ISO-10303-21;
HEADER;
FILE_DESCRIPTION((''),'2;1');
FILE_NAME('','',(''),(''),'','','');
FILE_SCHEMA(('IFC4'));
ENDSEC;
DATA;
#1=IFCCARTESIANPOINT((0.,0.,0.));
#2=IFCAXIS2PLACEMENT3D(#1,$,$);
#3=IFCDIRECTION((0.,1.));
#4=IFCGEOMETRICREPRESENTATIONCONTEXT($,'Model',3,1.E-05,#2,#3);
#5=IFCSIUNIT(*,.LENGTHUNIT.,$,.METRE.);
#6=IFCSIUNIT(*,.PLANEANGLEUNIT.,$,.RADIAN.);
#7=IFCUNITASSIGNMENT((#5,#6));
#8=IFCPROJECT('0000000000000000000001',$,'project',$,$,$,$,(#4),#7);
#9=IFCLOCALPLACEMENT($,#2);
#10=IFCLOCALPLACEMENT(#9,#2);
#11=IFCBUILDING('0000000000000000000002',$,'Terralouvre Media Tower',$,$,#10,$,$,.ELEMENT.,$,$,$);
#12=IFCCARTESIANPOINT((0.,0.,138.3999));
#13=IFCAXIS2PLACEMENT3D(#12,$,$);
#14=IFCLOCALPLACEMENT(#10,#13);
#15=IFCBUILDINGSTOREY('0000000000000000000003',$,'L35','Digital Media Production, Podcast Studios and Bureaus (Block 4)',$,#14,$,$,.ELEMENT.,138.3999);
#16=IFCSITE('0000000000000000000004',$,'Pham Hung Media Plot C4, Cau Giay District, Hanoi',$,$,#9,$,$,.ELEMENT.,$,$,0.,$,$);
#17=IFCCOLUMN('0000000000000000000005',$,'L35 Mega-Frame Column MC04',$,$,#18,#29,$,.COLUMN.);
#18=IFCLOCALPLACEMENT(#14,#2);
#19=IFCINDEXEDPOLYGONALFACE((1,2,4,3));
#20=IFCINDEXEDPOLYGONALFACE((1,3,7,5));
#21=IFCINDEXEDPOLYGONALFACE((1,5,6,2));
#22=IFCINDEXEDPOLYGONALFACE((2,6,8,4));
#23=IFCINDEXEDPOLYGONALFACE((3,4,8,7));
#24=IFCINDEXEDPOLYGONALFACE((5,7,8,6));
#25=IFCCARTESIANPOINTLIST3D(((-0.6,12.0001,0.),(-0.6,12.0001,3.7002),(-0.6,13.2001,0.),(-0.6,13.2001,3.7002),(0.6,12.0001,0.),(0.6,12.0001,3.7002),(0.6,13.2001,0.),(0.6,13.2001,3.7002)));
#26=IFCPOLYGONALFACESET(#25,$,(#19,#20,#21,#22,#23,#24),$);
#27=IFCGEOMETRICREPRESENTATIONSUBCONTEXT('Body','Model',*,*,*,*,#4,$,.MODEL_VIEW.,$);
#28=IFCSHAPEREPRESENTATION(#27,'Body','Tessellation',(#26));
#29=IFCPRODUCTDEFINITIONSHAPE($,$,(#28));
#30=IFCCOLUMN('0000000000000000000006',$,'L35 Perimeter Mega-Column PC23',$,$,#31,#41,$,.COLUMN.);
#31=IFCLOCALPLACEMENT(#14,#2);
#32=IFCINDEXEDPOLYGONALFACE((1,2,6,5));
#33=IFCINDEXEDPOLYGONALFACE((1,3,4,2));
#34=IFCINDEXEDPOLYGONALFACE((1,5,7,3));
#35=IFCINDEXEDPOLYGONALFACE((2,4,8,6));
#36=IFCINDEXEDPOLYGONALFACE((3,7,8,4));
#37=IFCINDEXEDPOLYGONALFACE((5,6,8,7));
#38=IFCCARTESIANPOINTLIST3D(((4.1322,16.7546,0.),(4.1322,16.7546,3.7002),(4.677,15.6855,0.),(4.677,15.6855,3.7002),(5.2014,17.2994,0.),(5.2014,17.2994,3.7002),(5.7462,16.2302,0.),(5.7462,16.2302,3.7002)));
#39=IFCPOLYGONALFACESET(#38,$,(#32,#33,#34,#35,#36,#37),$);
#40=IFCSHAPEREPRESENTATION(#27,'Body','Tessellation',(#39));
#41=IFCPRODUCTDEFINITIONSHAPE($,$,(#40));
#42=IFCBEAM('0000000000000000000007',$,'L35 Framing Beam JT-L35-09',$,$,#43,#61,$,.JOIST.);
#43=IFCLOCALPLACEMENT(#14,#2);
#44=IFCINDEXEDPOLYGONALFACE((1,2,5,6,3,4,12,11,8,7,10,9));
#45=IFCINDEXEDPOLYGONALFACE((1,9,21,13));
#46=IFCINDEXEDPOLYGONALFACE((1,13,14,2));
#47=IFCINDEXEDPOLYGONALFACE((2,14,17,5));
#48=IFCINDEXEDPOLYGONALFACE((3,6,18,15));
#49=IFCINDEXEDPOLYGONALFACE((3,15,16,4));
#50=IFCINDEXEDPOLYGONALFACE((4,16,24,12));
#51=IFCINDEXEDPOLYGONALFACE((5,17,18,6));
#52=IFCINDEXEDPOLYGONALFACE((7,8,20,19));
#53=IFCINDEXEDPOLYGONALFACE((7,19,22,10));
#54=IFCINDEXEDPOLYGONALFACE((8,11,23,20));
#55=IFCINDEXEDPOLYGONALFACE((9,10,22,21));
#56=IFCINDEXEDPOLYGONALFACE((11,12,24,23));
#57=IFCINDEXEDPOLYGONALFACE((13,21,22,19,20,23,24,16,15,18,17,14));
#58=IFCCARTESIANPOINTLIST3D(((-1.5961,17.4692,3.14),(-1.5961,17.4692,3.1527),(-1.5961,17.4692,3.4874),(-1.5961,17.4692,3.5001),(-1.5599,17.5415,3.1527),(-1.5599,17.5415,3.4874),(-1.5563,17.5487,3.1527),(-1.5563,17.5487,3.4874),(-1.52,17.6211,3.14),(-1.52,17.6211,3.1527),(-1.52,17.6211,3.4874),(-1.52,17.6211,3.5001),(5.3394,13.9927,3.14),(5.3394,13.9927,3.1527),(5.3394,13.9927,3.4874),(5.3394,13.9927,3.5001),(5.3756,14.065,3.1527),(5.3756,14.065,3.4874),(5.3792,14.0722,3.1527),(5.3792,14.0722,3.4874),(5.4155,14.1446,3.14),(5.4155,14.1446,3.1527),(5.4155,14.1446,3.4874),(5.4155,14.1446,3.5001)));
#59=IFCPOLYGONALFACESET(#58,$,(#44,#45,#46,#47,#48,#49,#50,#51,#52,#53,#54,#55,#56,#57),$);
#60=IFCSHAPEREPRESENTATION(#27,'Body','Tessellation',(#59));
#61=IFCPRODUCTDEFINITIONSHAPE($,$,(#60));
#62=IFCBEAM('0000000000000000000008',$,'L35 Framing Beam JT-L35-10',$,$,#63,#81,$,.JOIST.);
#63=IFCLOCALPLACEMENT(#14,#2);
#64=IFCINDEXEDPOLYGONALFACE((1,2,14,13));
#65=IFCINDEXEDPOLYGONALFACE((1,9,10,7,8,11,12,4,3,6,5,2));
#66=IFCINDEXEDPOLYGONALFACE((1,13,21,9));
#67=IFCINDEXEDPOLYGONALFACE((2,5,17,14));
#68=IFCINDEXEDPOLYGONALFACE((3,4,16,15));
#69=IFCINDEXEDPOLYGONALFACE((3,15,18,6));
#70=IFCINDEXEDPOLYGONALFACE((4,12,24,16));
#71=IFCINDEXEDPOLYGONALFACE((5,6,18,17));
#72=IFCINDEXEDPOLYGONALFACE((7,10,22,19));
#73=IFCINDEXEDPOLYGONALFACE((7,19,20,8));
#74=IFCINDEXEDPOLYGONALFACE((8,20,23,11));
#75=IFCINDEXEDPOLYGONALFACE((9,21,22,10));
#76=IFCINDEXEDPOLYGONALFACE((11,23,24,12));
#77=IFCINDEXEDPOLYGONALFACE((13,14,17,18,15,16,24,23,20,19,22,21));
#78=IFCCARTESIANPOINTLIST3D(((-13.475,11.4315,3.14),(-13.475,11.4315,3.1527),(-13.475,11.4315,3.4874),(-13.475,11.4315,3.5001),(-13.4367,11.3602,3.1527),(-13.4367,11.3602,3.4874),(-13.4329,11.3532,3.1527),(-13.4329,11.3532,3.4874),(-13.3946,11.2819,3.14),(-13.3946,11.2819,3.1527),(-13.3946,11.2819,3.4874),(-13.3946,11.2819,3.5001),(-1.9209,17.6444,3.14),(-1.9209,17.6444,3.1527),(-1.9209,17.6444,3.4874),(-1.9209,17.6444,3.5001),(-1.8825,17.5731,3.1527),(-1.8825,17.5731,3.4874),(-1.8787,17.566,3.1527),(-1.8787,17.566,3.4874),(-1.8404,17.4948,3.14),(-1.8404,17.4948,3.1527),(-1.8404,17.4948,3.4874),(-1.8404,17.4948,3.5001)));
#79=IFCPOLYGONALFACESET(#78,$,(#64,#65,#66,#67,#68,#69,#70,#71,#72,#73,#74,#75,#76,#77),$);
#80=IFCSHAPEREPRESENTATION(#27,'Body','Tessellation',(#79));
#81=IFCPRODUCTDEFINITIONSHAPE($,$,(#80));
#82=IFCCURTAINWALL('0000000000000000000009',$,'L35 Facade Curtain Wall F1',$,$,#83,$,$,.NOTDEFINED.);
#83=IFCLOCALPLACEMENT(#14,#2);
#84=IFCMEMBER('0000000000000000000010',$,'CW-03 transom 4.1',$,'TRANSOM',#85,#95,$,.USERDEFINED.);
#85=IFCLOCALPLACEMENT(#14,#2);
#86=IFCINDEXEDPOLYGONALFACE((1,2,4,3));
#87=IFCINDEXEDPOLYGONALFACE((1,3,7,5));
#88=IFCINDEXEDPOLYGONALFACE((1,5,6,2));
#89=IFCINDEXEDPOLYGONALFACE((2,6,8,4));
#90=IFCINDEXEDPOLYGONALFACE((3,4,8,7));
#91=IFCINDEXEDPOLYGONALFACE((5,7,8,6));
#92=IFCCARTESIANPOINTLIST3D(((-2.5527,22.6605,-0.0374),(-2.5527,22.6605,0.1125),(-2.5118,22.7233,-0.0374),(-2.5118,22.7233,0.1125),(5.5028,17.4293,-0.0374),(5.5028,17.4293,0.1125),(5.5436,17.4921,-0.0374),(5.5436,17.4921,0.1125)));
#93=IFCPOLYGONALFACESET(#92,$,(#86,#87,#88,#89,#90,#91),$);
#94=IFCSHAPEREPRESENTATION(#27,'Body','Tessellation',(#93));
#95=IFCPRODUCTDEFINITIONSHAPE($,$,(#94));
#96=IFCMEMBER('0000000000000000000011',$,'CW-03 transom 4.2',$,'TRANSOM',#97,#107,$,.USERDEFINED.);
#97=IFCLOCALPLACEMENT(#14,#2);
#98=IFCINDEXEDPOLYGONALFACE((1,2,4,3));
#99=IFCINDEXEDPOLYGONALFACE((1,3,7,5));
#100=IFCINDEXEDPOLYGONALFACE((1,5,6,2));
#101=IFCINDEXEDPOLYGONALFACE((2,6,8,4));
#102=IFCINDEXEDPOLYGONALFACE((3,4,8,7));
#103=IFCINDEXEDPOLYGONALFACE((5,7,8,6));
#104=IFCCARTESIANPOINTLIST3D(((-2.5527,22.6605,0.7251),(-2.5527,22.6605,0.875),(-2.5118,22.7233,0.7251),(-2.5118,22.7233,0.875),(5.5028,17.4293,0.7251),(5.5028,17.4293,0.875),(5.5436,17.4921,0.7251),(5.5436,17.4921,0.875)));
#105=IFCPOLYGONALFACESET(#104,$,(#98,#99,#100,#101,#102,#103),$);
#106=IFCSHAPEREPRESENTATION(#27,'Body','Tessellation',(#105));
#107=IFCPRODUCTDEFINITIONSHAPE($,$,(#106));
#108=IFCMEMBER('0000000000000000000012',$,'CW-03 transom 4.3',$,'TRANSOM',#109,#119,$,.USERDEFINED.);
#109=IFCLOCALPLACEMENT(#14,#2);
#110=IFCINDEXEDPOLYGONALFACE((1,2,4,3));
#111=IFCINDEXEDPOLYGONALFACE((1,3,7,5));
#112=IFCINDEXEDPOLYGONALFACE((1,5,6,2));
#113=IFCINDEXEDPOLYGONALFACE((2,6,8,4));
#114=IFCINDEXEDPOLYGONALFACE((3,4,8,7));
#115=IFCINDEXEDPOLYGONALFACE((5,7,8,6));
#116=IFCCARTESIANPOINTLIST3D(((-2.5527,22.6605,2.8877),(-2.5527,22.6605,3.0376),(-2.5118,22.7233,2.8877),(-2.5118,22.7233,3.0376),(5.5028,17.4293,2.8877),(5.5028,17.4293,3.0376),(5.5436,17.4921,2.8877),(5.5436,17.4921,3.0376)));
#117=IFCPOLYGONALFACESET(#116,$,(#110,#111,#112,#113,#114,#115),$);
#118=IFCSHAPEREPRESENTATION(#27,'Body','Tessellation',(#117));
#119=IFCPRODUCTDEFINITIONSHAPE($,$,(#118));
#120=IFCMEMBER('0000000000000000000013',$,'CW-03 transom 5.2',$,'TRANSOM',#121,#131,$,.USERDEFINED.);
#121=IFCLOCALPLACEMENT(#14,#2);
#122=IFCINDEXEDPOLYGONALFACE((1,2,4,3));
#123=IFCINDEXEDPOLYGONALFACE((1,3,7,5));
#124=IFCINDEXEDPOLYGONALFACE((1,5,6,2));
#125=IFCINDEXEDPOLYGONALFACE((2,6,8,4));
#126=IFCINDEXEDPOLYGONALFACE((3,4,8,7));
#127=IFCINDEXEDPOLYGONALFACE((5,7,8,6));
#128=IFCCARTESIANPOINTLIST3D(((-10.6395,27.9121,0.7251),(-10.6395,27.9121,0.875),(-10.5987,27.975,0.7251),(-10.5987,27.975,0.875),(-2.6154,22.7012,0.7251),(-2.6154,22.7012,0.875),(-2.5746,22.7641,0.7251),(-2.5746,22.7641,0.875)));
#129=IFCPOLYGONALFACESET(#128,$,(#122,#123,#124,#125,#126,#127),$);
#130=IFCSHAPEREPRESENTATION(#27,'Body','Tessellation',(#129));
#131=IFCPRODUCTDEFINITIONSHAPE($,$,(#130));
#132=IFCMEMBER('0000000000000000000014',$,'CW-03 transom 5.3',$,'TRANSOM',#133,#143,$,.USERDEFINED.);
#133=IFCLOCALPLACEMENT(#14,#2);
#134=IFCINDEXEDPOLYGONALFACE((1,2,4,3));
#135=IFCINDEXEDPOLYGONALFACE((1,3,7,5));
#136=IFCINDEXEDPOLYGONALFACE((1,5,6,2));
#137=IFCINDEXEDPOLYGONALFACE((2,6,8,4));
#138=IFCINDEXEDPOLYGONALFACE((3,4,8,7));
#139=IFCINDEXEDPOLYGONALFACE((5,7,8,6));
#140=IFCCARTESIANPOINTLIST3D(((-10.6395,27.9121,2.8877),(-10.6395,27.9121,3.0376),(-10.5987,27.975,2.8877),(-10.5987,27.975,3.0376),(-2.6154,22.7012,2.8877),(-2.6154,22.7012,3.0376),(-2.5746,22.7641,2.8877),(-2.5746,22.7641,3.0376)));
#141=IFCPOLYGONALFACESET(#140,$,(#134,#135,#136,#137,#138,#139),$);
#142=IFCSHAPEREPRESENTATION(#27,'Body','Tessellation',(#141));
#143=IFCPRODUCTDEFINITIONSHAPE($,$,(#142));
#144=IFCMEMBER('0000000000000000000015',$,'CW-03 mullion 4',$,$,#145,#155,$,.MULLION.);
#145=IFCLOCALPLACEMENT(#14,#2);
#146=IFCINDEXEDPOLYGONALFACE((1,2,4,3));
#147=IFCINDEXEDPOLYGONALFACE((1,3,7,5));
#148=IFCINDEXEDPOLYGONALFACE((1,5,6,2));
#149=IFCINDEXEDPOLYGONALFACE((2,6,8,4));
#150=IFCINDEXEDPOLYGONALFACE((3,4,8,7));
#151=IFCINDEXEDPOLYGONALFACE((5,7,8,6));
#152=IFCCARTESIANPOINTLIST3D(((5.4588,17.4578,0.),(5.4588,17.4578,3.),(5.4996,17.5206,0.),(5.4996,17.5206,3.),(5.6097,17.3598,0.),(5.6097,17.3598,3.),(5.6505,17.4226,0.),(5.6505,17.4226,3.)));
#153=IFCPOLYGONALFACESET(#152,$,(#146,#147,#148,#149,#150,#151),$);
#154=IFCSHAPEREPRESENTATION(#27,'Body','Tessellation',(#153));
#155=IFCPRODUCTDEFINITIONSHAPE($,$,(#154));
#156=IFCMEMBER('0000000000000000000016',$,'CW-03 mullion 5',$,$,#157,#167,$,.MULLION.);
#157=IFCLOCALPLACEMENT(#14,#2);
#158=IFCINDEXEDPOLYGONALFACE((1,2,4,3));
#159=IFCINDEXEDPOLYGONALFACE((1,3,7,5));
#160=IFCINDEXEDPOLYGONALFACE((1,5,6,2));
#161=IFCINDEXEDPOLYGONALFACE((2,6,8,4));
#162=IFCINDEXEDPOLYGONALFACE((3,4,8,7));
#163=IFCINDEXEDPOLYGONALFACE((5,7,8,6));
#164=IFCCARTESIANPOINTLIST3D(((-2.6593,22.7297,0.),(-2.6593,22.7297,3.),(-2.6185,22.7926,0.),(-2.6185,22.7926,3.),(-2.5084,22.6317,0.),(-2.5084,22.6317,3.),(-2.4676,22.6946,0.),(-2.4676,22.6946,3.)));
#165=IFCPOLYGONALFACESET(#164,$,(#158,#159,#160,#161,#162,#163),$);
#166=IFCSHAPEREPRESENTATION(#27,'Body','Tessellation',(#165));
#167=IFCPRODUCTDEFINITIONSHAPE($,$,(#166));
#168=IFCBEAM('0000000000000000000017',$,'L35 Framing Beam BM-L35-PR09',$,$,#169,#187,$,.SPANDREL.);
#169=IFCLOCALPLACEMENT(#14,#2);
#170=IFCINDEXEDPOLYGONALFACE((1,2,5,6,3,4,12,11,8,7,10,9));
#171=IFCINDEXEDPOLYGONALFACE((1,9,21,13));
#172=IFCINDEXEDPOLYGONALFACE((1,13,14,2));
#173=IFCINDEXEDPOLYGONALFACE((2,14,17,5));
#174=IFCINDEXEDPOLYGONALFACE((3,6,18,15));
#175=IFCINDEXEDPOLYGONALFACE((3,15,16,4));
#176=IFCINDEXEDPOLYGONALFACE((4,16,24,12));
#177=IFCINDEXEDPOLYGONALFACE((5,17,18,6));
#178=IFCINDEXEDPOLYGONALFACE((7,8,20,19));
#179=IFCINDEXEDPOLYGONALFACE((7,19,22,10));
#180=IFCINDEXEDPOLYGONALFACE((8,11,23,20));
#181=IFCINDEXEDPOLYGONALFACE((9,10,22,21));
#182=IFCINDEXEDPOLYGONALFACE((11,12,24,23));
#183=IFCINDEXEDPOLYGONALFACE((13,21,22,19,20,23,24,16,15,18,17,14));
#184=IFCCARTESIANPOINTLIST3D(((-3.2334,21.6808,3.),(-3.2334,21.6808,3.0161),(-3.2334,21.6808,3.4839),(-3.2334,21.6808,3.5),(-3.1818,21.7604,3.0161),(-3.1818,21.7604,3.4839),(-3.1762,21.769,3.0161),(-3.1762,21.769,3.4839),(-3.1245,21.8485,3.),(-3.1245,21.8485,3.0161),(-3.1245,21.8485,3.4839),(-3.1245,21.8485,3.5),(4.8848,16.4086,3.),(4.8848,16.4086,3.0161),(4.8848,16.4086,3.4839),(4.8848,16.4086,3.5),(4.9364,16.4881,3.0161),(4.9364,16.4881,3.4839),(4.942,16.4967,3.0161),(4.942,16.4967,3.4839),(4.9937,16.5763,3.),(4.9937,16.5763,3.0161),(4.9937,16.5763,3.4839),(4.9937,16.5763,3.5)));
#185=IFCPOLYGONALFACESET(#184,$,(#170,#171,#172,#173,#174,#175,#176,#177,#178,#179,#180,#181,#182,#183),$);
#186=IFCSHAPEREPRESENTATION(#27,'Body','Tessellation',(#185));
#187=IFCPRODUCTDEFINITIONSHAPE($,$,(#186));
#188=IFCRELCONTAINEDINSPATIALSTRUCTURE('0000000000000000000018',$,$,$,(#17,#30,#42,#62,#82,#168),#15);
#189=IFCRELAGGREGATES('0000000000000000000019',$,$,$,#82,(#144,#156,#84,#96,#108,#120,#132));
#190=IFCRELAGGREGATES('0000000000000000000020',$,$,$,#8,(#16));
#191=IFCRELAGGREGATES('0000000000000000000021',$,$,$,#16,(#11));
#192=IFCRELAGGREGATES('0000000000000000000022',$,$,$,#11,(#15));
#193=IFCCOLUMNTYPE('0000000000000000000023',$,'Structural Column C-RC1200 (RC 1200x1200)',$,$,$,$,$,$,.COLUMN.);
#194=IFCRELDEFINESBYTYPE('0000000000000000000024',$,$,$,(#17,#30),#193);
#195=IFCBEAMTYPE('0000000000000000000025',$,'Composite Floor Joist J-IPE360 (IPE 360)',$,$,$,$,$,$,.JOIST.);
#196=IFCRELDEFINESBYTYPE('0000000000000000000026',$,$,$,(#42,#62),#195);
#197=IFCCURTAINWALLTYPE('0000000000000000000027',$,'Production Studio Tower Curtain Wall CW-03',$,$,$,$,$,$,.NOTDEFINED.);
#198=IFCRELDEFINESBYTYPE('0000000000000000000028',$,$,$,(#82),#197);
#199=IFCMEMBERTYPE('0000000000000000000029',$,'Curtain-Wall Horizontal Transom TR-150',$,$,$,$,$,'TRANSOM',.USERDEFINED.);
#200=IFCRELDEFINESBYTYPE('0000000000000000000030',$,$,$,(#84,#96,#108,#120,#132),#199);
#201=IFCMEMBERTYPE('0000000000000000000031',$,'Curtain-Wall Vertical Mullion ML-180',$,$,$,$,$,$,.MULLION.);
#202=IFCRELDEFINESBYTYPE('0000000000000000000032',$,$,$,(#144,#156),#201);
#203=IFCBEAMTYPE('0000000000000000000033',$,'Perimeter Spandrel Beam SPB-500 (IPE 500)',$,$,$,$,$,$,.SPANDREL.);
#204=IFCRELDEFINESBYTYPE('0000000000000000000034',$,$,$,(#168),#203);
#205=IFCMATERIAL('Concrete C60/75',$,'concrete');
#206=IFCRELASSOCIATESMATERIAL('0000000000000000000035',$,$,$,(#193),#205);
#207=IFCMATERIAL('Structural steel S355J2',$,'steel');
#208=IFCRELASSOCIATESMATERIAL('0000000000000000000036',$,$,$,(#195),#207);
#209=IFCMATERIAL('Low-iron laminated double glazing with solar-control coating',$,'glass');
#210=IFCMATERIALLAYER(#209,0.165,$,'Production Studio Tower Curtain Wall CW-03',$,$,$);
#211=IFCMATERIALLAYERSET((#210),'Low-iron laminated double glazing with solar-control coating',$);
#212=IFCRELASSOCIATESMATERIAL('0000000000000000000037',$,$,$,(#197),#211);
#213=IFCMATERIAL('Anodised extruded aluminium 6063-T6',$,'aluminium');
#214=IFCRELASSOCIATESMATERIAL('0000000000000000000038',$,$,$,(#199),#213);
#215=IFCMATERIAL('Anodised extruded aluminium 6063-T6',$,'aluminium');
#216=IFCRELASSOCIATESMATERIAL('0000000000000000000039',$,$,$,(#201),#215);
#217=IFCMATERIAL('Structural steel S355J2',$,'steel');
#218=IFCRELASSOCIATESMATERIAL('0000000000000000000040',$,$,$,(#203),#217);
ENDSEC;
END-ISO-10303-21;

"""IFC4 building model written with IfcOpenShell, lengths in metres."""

from ifc_helpers import new_model, si_unit, direction, frame, origin, origin_2d, place, context, subcontext, project, spatial, rectangle, i_section, extrude, material, layer, layer_set, material_profile, profile_set, type_object, element, aggregate, save


model = new_model("IFC4")

# Units and contexts
model_context = context("Model", 3, precision=1e-05, world=origin(), true_north=direction((0.0, 1.0)))
body_context = subcontext(model_context, "Body", "Model", "MODEL_VIEW")
ifc_project = project(units=[si_unit("LENGTHUNIT", "METRE"), si_unit("PLANEANGLEUNIT", "RADIAN")], contexts=[model_context])

# Site, building, storey
site_placement = place(None, origin())
site = spatial("IfcSite", under=ifc_project, at=site_placement, Name="Pham Hung Media Plot C4, Cau Giay District, Hanoi", CompositionType="ELEMENT", RefElevation=0.0)
building_placement = place(site_placement, origin())
building = spatial("IfcBuilding", under=site, at=building_placement, Name="Terralouvre Media Tower", CompositionType="ELEMENT")
storey_placement = place(building_placement, frame((0.0, 0.0, 138.3999)))
storey = spatial("IfcBuildingStorey", under=building, at=storey_placement, Name="L35", Description="Digital Media Production, Podcast Studios and Bureaus (Block 4)", CompositionType="ELEMENT", Elevation=138.3999)

# Columns
ifc_material_1 = material(Name="Concrete C60/75", Category="concrete")
ifc_material_profile_1 = material_profile(ifc_material_1, rectangle(XDim=1.2, YDim=1.2, at=origin_2d()), Name="RC 1200x1200")
ifc_profile_set_1 = profile_set([ifc_material_profile_1], Name="Concrete C60/75")
column_type = type_object("IfcColumnType", Name="Structural Column C-RC1200 (RC 1200x1200)", PredefinedType="COLUMN", material=ifc_profile_set_1)
for number, where, z_axis, x_axis, name in (
    (1, (0.0, 12.6001, 0.0), (0.0, 0.0, 1.0), (1.0, 0.0, 0.0), "L35 Mega-Frame Column MC04"),
    (2, (4.9392, 16.4924, 0.0), (0.0, 0.0, 1.0), (0.891007, 0.45399, 0.0), "L35 Perimeter Mega-Column PC23"),
):
    element("IfcColumn", number, at=place(storey_placement, frame(where, z_axis=z_axis, x_axis=x_axis)), inside=storey, type_object=column_type, Name=name, PredefinedType="COLUMN", context=body_context, shape_type="SweptSolid", body=[
        extrude(rectangle(XDim=1.2, YDim=1.2, at=origin_2d()), origin(), (0.0, 0.0, 1.0), 3.7002),
    ])

# Beams
ifc_material_2 = material(Name="Structural steel S355J2", Category="steel")
ifc_material_profile_2 = material_profile(ifc_material_2, i_section(OverallWidth=0.1699, OverallDepth=0.3601, WebThickness=0.0081, FlangeThickness=0.0127, at=origin_2d()), Name="IPE 360")
ifc_profile_set_2 = profile_set([ifc_material_profile_2], Name="Structural steel S355J2")
beam_type_1 = type_object("IfcBeamType", Name="Composite Floor Joist J-IPE360 (IPE 360)", PredefinedType="JOIST", material=ifc_profile_set_2)
beam_1_placement = place(storey_placement, frame((5.3774, 14.0686, 3.3201), z_axis=(-0.893974, 0.44812, 0.0), x_axis=(-0.44812, -0.893974, 0.0)))
element("IfcBeam", 3, at=beam_1_placement, inside=storey, type_object=beam_type_1, Name="L35 Framing Beam JT-L35-09", PredefinedType="JOIST", context=body_context, shape_type="SweptSolid", body=[
    extrude(i_section(OverallWidth=0.1699, OverallDepth=0.3601, WebThickness=0.0081, FlangeThickness=0.0127, at=origin_2d()), origin(), (0.0, 0.0, 1.0), 7.7581),
])
beam_2_placement = place(storey_placement, frame((-1.8806, 17.5696, 3.3201), z_axis=(-0.880745, -0.473591, 0.0), x_axis=(0.473591, -0.880745, 0.0)))
element("IfcBeam", 4, at=beam_2_placement, inside=storey, type_object=beam_type_1, Name="L35 Framing Beam JT-L35-10", PredefinedType="JOIST", context=body_context, shape_type="SweptSolid", body=[
    extrude(i_section(OverallWidth=0.1699, OverallDepth=0.3601, WebThickness=0.0081, FlangeThickness=0.0127, at=origin_2d()), origin(), (0.0, 0.0, 1.0), 13.1187),
])

# Curtain wall, members
ifc_material_3 = material(Name="Low-iron laminated double glazing with solar-control coating", Category="glass")
ifc_layer_1 = layer(ifc_material_3, 0.165, Name="Production Studio Tower Curtain Wall CW-03")
ifc_layer_set_1 = layer_set([ifc_layer_1], Name="Low-iron laminated double glazing with solar-control coating")
curtain_wall_type = type_object("IfcCurtainWallType", Name="Production Studio Tower Curtain Wall CW-03", PredefinedType="NOTDEFINED", material=ifc_layer_set_1)
curtain_wall_placement = place(storey_placement, origin())
curtain_wall = element("IfcCurtainWall", 5, at=curtain_wall_placement, inside=storey, type_object=curtain_wall_type, Name="L35 Facade Curtain Wall F1", PredefinedType="NOTDEFINED")
ifc_material_4 = material(Name="Anodised extruded aluminium 6063-T6", Category="aluminium")
ifc_material_profile_3 = material_profile(ifc_material_4, rectangle(XDim=0.075, YDim=0.1499, at=origin_2d()), Name="ALU 75x150")
ifc_profile_set_3 = profile_set([ifc_material_profile_3], Name="Anodised extruded aluminium 6063-T6")
member_type_1 = type_object("IfcMemberType", Name="Curtain-Wall Horizontal Transom TR-150", ElementType="TRANSOM", PredefinedType="USERDEFINED", material=ifc_profile_set_3)
member_1_placement = place(storey_placement, frame((5.5232, 17.4607, 0.0376), z_axis=(-0.838673, 0.544635, 0.0), x_axis=(-0.544635, -0.838673, 0.0)))
member_1 = element("IfcMember", 6, at=member_1_placement, type_object=member_type_1, Name="CW-03 transom 4.1", ObjectType="TRANSOM", PredefinedType="USERDEFINED", context=body_context, shape_type="SweptSolid", body=[
    extrude(rectangle(XDim=0.075, YDim=0.1499, at=origin_2d()), origin(), (0.0, 0.0, 1.0), 9.605),
])
member_2_placement = place(storey_placement, frame((5.5232, 17.4607, 0.8), z_axis=(-0.838673, 0.544635, 0.0), x_axis=(-0.544635, -0.838673, 0.0)))
member_2 = element("IfcMember", 7, at=member_2_placement, type_object=member_type_1, Name="CW-03 transom 4.2", ObjectType="TRANSOM", PredefinedType="USERDEFINED", context=body_context, shape_type="SweptSolid", body=[
    extrude(rectangle(XDim=0.075, YDim=0.1499, at=origin_2d()), origin(), (0.0, 0.0, 1.0), 9.605),
])
member_3_placement = place(storey_placement, frame((5.5232, 17.4607, 2.9626), z_axis=(-0.838673, 0.544635, 0.0), x_axis=(-0.544635, -0.838673, 0.0)))
member_3 = element("IfcMember", 8, at=member_3_placement, type_object=member_type_1, Name="CW-03 transom 4.3", ObjectType="TRANSOM", PredefinedType="USERDEFINED", context=body_context, shape_type="SweptSolid", body=[
    extrude(rectangle(XDim=0.075, YDim=0.1499, at=origin_2d()), origin(), (0.0, 0.0, 1.0), 9.605),
])
member_4_placement = place(storey_placement, frame((-2.595, 22.7327, 0.8), z_axis=(-0.838671, 0.544638, 0.0), x_axis=(-0.544638, -0.838671, 0.0)))
member_4 = element("IfcMember", 9, at=member_4_placement, type_object=member_type_1, Name="CW-03 transom 5.2", ObjectType="TRANSOM", PredefinedType="USERDEFINED", context=body_context, shape_type="SweptSolid", body=[
    extrude(rectangle(XDim=0.075, YDim=0.1499, at=origin_2d()), origin(), (0.0, 0.0, 1.0), 9.5676),
])
member_5_placement = place(storey_placement, frame((-2.595, 22.7327, 2.9626), z_axis=(-0.838671, 0.544638, 0.0), x_axis=(-0.544638, -0.838671, 0.0)))
member_5 = element("IfcMember", 10, at=member_5_placement, type_object=member_type_1, Name="CW-03 transom 5.3", ObjectType="TRANSOM", PredefinedType="USERDEFINED", context=body_context, shape_type="SweptSolid", body=[
    extrude(rectangle(XDim=0.075, YDim=0.1499, at=origin_2d()), origin(), (0.0, 0.0, 1.0), 9.5676),
])
ifc_material_5 = material(Name="Anodised extruded aluminium 6063-T6", Category="aluminium")
ifc_material_profile_4 = material_profile(ifc_material_5, rectangle(XDim=0.075, YDim=0.1799, at=origin_2d()), Name="ALU 75x180")
ifc_profile_set_4 = profile_set([ifc_material_profile_4], Name="Anodised extruded aluminium 6063-T6")
member_type_2 = type_object("IfcMemberType", Name="Curtain-Wall Vertical Mullion ML-180", PredefinedType="MULLION", material=ifc_profile_set_4)
member_6_placement = place(storey_placement, frame((5.5547, 17.4402, 0.0), z_axis=(0.0, 0.0, 1.0), x_axis=(-0.544639, -0.838671, 0.0)))
member_6 = element("IfcMember", 11, at=member_6_placement, type_object=member_type_2, Name="CW-03 mullion 4", PredefinedType="MULLION", context=body_context, shape_type="SweptSolid", body=[
    extrude(rectangle(XDim=0.075, YDim=0.1799, at=origin_2d()), origin(), (0.0, 0.0, 1.0), 3.0),
])
member_7_placement = place(storey_placement, frame((-2.5635, 22.7122, 0.0), z_axis=(0.0, 0.0, 1.0), x_axis=(-0.544639, -0.838671, 0.0)))
member_7 = element("IfcMember", 12, at=member_7_placement, type_object=member_type_2, Name="CW-03 mullion 5", PredefinedType="MULLION", context=body_context, shape_type="SweptSolid", body=[
    extrude(rectangle(XDim=0.075, YDim=0.1799, at=origin_2d()), origin(), (0.0, 0.0, 1.0), 3.0),
])

# Beam
ifc_material_6 = material(Name="Structural steel S355J2", Category="steel")
ifc_material_profile_5 = material_profile(ifc_material_6, i_section(OverallWidth=0.2, OverallDepth=0.5, WebThickness=0.0103, FlangeThickness=0.0161, at=origin_2d()), Name="IPE 500")
ifc_profile_set_5 = profile_set([ifc_material_profile_5], Name="Structural steel S355J2")
beam_type_2 = type_object("IfcBeamType", Name="Perimeter Spandrel Beam SPB-500 (IPE 500)", PredefinedType="SPANDREL", material=ifc_profile_set_5)
beam_3_placement = place(storey_placement, frame((4.9392, 16.4924, 3.25), z_axis=(-0.83866, 0.544655, 0.0), x_axis=(-0.544655, -0.83866, 0.0)))
element("IfcBeam", 13, at=beam_3_placement, inside=storey, type_object=beam_type_2, Name="L35 Framing Beam BM-L35-PR09", PredefinedType="SPANDREL", context=body_context, shape_type="SweptSolid", body=[
    extrude(i_section(OverallWidth=0.2, OverallDepth=0.5, WebThickness=0.0103, FlangeThickness=0.0161, at=origin_2d()), origin(), (0.0, 0.0, 1.0), 9.6799),
])

aggregate(curtain_wall, [member_6, member_7, member_1, member_2, member_3, member_4, member_5])

save(model, "model.ifc")
